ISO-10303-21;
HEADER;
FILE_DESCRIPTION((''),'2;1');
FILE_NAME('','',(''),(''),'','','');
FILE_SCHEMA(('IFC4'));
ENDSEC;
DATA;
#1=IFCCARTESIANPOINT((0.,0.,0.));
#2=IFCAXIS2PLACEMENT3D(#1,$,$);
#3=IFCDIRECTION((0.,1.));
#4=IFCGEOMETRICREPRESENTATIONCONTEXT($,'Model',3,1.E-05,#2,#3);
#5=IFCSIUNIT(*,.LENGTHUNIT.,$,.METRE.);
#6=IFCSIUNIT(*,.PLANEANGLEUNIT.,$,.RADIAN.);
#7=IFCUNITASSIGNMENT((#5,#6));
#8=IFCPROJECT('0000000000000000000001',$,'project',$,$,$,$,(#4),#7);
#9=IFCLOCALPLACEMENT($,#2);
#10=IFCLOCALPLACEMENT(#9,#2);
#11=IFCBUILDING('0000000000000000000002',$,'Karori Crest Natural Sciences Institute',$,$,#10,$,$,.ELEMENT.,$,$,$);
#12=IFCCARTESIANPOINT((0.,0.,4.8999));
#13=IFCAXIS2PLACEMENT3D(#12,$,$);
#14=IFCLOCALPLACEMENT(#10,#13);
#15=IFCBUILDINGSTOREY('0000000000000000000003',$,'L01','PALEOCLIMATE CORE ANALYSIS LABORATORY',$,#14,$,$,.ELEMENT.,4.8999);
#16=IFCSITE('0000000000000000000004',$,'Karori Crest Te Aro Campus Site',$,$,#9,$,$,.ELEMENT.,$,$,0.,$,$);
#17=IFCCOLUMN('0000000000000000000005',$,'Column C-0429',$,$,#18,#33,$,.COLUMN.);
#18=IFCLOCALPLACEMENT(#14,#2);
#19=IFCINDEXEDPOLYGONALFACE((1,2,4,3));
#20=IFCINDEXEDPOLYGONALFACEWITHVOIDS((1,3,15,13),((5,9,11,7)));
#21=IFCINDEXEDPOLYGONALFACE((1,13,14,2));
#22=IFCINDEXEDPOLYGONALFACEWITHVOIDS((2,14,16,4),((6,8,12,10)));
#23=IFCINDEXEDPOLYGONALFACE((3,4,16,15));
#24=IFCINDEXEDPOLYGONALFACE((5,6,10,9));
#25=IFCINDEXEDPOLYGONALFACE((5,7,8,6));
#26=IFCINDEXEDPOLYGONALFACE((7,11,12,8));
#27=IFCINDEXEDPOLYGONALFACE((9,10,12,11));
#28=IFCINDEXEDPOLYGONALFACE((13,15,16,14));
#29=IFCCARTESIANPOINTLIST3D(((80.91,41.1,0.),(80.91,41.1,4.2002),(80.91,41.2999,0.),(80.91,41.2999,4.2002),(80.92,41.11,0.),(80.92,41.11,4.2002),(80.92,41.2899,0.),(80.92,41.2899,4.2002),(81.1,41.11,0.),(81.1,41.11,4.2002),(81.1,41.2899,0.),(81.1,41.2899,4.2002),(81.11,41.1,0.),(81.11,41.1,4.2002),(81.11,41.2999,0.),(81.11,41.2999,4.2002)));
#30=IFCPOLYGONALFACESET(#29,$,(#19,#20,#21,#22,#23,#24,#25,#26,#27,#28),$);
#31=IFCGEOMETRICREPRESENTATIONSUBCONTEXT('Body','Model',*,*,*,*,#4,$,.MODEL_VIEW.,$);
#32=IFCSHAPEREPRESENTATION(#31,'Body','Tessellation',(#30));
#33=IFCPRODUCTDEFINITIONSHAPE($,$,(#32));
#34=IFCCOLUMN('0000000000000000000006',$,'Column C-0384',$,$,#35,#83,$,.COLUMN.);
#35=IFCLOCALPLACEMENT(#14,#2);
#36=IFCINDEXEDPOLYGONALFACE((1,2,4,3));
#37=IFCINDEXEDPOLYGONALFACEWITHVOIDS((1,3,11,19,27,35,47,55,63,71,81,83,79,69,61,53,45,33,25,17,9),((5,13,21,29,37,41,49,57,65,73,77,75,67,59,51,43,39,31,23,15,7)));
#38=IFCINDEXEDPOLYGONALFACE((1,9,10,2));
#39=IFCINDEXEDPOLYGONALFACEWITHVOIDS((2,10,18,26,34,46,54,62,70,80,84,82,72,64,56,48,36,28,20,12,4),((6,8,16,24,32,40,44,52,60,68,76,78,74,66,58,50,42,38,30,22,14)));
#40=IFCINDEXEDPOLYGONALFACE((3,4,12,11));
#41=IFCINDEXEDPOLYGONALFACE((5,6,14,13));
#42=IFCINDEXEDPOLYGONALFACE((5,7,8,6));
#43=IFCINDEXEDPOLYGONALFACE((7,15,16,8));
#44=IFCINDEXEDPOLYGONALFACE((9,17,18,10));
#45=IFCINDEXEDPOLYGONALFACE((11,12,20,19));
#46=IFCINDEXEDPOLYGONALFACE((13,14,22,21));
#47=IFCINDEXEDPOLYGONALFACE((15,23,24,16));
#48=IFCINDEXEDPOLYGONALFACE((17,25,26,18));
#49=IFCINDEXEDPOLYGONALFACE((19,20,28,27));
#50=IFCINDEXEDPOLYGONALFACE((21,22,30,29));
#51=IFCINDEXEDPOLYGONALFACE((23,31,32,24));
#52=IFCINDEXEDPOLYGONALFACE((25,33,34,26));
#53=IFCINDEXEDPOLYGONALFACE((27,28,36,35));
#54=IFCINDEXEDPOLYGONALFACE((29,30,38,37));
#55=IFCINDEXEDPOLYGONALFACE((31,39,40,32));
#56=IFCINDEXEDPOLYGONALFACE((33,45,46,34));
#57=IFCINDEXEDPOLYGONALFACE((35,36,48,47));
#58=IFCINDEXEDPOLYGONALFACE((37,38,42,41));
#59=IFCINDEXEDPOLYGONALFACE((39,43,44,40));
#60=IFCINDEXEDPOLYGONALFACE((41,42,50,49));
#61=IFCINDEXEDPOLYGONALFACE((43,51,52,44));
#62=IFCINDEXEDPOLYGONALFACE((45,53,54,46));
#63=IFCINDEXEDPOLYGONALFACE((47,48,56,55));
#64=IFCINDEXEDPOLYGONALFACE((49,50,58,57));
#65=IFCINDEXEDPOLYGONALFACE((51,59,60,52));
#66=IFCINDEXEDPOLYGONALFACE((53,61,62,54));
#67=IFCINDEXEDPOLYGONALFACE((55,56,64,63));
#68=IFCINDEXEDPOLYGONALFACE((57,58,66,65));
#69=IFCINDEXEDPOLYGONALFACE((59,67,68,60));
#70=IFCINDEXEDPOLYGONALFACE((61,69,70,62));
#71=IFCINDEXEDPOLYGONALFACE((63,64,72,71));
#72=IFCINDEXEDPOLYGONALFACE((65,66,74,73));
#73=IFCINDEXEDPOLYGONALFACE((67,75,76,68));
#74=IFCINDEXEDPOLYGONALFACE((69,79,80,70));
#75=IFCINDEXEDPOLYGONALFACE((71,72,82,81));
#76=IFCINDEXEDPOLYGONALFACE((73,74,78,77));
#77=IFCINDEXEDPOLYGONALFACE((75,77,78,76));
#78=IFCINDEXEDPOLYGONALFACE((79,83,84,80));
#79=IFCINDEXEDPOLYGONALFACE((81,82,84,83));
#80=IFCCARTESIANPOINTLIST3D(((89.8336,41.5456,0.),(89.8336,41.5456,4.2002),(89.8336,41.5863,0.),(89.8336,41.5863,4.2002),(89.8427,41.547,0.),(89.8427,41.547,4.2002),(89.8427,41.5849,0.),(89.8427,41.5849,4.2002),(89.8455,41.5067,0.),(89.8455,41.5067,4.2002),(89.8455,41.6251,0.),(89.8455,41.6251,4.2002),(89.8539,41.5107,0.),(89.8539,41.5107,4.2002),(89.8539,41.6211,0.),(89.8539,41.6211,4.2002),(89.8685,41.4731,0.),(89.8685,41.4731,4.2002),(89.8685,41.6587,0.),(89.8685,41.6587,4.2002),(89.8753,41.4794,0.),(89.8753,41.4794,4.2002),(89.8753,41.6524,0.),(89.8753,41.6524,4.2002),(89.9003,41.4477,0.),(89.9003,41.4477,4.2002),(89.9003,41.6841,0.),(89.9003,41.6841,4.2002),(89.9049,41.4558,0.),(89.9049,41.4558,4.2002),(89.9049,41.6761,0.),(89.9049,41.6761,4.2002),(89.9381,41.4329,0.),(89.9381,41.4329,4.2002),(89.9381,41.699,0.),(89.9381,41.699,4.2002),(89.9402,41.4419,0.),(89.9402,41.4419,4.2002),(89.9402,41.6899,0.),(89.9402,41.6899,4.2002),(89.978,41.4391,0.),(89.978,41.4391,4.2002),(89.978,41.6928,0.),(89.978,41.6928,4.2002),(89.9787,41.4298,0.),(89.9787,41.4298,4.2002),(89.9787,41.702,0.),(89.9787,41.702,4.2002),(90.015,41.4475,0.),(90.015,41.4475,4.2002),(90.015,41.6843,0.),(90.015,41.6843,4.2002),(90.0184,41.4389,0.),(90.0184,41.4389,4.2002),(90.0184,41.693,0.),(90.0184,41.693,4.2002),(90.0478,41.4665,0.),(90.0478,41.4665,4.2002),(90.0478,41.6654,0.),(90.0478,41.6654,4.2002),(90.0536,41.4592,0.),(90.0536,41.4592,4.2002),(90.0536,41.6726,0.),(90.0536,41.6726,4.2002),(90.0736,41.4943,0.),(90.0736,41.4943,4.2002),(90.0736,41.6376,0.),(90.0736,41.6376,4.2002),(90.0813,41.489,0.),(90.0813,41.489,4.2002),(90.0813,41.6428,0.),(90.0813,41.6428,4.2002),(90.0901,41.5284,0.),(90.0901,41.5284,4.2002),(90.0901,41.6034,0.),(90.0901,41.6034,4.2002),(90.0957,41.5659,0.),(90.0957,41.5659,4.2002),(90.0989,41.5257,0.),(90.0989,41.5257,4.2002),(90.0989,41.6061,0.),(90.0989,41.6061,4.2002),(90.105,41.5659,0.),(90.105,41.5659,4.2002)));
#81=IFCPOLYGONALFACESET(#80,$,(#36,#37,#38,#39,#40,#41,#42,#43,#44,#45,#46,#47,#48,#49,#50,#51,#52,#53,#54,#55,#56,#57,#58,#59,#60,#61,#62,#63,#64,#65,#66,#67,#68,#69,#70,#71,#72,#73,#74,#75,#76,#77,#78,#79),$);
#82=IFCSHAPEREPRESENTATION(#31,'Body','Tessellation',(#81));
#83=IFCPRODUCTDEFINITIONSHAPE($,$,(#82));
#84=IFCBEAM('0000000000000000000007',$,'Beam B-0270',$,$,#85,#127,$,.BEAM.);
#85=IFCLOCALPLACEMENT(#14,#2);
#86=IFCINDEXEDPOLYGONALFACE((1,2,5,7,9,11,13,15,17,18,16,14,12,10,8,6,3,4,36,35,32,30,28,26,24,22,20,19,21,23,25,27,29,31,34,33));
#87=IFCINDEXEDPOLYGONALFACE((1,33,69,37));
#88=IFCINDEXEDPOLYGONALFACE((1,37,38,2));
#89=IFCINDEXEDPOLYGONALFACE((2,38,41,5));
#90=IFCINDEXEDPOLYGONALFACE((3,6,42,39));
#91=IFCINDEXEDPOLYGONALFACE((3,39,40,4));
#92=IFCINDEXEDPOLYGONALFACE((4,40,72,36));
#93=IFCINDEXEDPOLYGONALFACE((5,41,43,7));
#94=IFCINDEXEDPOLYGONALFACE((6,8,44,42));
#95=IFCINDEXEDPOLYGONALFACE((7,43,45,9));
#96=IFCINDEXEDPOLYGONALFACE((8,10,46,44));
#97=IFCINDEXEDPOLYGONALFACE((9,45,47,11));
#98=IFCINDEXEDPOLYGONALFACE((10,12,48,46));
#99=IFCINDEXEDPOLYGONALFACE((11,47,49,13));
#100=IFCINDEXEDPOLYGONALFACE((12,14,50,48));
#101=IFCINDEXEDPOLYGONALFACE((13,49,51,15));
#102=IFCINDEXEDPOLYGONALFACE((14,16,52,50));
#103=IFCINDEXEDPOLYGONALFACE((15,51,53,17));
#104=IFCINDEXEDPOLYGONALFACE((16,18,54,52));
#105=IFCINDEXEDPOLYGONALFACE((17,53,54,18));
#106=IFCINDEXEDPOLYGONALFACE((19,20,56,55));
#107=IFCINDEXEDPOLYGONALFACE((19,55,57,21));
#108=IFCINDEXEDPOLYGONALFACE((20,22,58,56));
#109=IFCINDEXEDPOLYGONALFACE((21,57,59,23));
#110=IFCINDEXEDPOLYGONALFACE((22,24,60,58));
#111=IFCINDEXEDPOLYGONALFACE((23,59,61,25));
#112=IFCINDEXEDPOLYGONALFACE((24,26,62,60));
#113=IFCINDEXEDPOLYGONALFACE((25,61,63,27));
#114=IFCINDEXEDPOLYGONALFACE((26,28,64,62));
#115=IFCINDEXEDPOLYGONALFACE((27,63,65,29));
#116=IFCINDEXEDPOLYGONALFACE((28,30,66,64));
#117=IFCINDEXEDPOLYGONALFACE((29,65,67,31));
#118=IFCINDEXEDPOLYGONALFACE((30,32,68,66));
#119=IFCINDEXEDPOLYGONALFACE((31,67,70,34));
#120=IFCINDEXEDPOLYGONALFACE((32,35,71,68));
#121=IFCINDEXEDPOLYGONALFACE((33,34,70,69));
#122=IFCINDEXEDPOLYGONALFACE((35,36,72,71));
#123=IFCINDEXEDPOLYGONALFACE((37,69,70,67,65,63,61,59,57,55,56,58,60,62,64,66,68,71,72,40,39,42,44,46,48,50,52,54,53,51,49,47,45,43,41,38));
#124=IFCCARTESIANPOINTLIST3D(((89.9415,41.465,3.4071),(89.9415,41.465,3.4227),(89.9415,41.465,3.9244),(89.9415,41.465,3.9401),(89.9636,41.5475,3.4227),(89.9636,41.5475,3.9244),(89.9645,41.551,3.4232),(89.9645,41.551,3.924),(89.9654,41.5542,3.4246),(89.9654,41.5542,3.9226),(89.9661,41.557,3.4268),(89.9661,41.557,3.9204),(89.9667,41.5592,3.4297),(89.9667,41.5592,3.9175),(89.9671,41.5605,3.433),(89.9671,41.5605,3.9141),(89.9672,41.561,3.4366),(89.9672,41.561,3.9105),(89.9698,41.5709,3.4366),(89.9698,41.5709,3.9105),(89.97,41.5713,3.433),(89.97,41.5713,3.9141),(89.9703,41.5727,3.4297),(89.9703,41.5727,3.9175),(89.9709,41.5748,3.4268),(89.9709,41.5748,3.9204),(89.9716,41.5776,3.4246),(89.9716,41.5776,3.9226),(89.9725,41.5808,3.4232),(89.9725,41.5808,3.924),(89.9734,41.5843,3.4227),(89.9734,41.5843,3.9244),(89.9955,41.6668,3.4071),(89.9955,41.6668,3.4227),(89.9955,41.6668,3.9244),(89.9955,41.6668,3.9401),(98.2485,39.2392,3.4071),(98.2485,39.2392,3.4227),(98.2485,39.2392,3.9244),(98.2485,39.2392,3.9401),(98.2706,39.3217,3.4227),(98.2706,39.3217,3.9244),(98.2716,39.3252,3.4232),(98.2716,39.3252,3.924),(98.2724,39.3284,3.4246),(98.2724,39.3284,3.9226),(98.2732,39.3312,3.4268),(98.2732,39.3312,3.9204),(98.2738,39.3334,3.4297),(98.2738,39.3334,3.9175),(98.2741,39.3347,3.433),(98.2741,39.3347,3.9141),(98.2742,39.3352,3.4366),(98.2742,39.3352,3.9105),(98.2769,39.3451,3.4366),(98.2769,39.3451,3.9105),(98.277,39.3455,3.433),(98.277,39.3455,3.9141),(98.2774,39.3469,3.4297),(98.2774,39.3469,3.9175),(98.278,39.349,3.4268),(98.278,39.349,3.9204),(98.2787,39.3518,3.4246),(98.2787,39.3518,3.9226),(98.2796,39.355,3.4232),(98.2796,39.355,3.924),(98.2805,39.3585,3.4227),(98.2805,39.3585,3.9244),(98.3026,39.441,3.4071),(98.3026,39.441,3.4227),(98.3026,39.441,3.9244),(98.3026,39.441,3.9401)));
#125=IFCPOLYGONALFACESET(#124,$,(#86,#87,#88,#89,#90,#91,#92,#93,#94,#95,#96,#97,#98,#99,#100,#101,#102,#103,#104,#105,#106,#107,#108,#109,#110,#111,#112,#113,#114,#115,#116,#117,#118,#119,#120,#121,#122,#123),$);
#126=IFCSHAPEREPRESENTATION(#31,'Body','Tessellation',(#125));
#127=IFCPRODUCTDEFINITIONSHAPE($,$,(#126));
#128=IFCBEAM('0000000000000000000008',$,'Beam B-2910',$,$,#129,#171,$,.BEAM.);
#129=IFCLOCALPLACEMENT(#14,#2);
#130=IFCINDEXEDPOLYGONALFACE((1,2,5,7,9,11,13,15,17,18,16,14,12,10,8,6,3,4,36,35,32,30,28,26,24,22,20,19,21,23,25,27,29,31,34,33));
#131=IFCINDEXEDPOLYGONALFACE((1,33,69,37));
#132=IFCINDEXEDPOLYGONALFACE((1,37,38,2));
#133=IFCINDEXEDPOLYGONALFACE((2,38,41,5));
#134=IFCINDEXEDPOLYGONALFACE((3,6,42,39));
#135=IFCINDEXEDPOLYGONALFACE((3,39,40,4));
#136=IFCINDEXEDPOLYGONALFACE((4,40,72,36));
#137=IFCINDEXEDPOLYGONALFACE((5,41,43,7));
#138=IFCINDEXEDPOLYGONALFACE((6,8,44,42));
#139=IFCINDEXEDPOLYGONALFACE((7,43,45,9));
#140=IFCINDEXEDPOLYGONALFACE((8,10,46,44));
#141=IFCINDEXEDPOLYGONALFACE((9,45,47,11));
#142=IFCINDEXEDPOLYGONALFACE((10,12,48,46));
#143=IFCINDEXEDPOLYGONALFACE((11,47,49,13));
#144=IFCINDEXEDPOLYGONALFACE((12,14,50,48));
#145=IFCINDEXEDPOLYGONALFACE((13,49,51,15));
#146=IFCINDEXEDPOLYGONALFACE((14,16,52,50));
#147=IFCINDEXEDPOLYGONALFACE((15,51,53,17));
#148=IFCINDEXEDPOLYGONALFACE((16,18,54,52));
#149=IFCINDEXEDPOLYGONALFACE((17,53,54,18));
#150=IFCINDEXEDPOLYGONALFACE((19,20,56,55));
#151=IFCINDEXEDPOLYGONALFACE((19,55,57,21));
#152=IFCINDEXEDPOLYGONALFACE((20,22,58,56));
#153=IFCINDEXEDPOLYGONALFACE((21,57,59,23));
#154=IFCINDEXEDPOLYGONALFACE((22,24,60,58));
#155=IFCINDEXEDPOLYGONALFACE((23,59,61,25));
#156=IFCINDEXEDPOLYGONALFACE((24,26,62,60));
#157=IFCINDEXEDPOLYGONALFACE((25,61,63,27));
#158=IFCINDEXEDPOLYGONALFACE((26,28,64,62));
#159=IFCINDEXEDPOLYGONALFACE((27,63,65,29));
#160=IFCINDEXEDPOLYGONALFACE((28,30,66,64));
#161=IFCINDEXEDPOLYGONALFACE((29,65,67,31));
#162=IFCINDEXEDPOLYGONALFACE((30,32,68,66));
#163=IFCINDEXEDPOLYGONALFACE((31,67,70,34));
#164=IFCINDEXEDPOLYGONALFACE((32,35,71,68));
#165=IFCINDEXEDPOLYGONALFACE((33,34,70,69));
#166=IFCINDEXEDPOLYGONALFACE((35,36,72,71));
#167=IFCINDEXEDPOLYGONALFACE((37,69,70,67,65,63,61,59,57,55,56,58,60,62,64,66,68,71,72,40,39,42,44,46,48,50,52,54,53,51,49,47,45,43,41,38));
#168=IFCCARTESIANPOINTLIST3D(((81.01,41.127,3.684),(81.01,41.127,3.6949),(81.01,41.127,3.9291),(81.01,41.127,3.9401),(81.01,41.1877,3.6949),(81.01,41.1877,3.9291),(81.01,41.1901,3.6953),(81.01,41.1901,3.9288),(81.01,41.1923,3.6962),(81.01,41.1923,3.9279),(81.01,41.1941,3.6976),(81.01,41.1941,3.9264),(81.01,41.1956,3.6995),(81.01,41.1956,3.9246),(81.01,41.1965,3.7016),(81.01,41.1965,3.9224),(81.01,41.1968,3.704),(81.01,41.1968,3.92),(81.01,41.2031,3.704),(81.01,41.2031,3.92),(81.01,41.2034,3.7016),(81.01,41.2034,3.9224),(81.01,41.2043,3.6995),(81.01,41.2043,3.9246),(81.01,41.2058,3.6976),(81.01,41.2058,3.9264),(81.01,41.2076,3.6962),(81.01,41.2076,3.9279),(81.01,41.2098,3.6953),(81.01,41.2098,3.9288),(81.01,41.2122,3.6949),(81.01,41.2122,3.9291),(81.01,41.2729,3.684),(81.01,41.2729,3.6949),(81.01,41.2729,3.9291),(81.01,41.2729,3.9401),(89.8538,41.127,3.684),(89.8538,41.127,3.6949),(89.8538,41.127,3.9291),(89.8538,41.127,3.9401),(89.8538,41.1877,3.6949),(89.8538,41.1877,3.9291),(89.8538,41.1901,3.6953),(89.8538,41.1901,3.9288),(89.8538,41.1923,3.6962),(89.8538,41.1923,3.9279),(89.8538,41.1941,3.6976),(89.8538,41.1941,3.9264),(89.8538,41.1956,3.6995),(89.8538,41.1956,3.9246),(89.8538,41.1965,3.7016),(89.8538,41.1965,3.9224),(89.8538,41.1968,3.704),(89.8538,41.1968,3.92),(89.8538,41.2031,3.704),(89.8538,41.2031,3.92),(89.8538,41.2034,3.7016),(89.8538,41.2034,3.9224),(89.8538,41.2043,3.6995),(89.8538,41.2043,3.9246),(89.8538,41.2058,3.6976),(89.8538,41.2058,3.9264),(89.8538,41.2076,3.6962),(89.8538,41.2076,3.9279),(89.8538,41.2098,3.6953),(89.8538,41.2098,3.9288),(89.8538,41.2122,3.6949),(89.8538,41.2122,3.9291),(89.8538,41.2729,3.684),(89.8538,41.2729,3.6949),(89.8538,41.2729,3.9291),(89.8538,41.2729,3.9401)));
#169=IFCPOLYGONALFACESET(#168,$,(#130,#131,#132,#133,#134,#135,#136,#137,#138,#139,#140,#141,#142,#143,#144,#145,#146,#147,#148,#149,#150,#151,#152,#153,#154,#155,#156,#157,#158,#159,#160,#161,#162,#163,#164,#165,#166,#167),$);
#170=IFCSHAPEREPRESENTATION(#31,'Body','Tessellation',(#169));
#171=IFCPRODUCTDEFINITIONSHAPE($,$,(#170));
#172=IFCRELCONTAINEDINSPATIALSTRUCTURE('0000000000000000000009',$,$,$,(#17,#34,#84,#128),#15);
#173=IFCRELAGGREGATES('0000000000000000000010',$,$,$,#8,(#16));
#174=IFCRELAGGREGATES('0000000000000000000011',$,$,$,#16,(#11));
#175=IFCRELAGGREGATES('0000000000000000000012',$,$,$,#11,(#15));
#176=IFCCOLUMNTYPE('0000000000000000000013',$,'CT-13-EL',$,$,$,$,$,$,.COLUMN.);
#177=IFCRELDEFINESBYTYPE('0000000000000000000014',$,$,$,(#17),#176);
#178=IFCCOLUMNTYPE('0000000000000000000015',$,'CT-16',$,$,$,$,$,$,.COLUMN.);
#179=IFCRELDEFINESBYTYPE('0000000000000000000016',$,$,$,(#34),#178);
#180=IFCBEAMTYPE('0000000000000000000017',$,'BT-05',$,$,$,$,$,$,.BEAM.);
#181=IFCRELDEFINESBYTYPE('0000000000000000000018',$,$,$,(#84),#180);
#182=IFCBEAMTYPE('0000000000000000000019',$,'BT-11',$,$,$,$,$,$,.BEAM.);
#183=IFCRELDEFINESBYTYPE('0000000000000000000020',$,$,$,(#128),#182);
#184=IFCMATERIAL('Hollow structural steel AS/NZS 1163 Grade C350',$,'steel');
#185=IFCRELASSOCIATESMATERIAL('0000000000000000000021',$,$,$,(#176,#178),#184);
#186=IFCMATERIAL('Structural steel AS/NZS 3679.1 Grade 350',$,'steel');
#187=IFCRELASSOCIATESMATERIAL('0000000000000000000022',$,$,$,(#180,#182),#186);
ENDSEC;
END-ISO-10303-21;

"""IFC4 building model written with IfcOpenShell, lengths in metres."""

from ifc_helpers import new_model, si_unit, direction, frame, origin, origin_2d, place, context, subcontext, project, spatial, hollow_rectangle, hollow_circle, i_section, extrude, material, material_profile, profile_set, type_object, element, save


model = new_model("IFC4")

# Units and contexts
model_context = context("Model", 3, precision=1e-05, world=origin(), true_north=direction((0.0, 1.0)))
body_context = subcontext(model_context, "Body", "Model", "MODEL_VIEW")
ifc_project = project(units=[si_unit("LENGTHUNIT", "METRE"), si_unit("PLANEANGLEUNIT", "RADIAN")], contexts=[model_context])

# Site, building, storey
site_placement = place(None, origin())
site = spatial("IfcSite", under=ifc_project, at=site_placement, Name="Karori Crest Te Aro Campus Site", CompositionType="ELEMENT", RefElevation=0.0)
building_placement = place(site_placement, origin())
building = spatial("IfcBuilding", under=site, at=building_placement, Name="Karori Crest Natural Sciences Institute", CompositionType="ELEMENT")
storey_placement = place(building_placement, frame((0.0, 0.0, 4.8999)))
storey = spatial("IfcBuildingStorey", under=building, at=storey_placement, Name="L01", Description="PALEOCLIMATE CORE ANALYSIS LABORATORY", CompositionType="ELEMENT", Elevation=4.8999)

# Columns
ifc_material_1 = material(Name="Hollow structural steel AS/NZS 1163 Grade C350", Category="steel")
ifc_material_profile_1 = material_profile(ifc_material_1, hollow_rectangle(XDim=0.2, YDim=0.2, WallThickness=0.01, at=origin_2d()), Name="SHS200x200x10")
ifc_profile_set_1 = profile_set([ifc_material_profile_1], Name="Hollow structural steel AS/NZS 1163 Grade C350")
column_type_1 = type_object("IfcColumnType", Name="CT-13-EL", PredefinedType="COLUMN", material=ifc_profile_set_1)
column_1_placement = place(storey_placement, frame((81.01, 41.2, 0.0), z_axis=(0.0, 0.0, 1.0), x_axis=(1.0, 0.0, 0.0)))
element("IfcColumn", 1, at=column_1_placement, inside=storey, type_object=column_type_1, Name="Column C-0429", PredefinedType="COLUMN", context=body_context, shape_type="SweptSolid", body=[
    extrude(hollow_rectangle(XDim=0.2, YDim=0.2, WallThickness=0.01, at=origin_2d()), origin(), (0.0, 0.0, 1.0), 4.2002),
])
ifc_material_profile_2 = material_profile(ifc_material_1, hollow_circle(Radius=0.1365, WallThickness=0.0093, at=origin_2d()), Name="CHS273.0x9.3")
ifc_profile_set_2 = profile_set([ifc_material_profile_2], Name="Hollow structural steel AS/NZS 1163 Grade C350")
column_type_2 = type_object("IfcColumnType", Name="CT-16", PredefinedType="COLUMN", material=ifc_profile_set_2)
column_2_placement = place(storey_placement, frame((89.9685, 41.5659, 0.0), z_axis=(0.0, 0.0, 1.0), x_axis=(1.0, 0.0, 0.0)))
element("IfcColumn", 2, at=column_2_placement, inside=storey, type_object=column_type_2, Name="Column C-0384", PredefinedType="COLUMN", context=body_context, shape_type="SweptSolid", body=[
    extrude(hollow_circle(Radius=0.1365, WallThickness=0.0093, at=origin_2d()), origin(), (0.0, 0.0, 1.0), 4.2002),
])

# Beams
ifc_material_2 = material(Name="Structural steel AS/NZS 3679.1 Grade 350", Category="steel")
ifc_material_profile_3 = material_profile(ifc_material_2, i_section(OverallWidth=0.209, OverallDepth=0.533, WebThickness=0.0103, FlangeThickness=0.0156, FilletRadius=0.0139, at=origin_2d()), Name="530UB92.4")
ifc_profile_set_3 = profile_set([ifc_material_profile_3], Name="Structural steel AS/NZS 3679.1 Grade 350")
beam_type_1 = type_object("IfcBeamType", Name="BT-05", PredefinedType="BEAM", material=ifc_profile_set_3)
beam_1_placement = place(storey_placement, frame((89.9685, 41.5659, 3.6736), z_axis=(0.965928, -0.258813, 0.0), x_axis=(0.258813, 0.965928, 0.0)))
element("IfcBeam", 3, at=beam_1_placement, inside=storey, type_object=beam_type_1, Name="Beam B-0270", PredefinedType="BEAM", context=body_context, shape_type="SweptSolid", body=[
    extrude(i_section(OverallWidth=0.209, OverallDepth=0.533, WebThickness=0.0103, FlangeThickness=0.0156, FilletRadius=0.0139, at=origin_2d()), origin(), (0.0, 0.0, 1.0), 8.6001),
])
ifc_material_profile_4 = material_profile(ifc_material_2, i_section(OverallWidth=0.146, OverallDepth=0.2561, WebThickness=0.0063, FlangeThickness=0.011, FilletRadius=0.009, at=origin_2d()), Name="250UB37.3")
ifc_profile_set_4 = profile_set([ifc_material_profile_4], Name="Structural steel AS/NZS 3679.1 Grade 350")
beam_type_2 = type_object("IfcBeamType", Name="BT-11", PredefinedType="BEAM", material=ifc_profile_set_4)
beam_2_placement = place(storey_placement, frame((81.01, 41.2, 3.812), z_axis=(1.0, 0.0, 0.0), x_axis=(0.0, 1.0, 0.0)))
element("IfcBeam", 4, at=beam_2_placement, inside=storey, type_object=beam_type_2, Name="Beam B-2910", PredefinedType="BEAM", context=body_context, shape_type="SweptSolid", body=[
    extrude(i_section(OverallWidth=0.146, OverallDepth=0.2561, WebThickness=0.0063, FlangeThickness=0.011, FilletRadius=0.009, at=origin_2d()), origin(), (0.0, 0.0, 1.0), 8.8438),
])

save(model, "model.ifc")
